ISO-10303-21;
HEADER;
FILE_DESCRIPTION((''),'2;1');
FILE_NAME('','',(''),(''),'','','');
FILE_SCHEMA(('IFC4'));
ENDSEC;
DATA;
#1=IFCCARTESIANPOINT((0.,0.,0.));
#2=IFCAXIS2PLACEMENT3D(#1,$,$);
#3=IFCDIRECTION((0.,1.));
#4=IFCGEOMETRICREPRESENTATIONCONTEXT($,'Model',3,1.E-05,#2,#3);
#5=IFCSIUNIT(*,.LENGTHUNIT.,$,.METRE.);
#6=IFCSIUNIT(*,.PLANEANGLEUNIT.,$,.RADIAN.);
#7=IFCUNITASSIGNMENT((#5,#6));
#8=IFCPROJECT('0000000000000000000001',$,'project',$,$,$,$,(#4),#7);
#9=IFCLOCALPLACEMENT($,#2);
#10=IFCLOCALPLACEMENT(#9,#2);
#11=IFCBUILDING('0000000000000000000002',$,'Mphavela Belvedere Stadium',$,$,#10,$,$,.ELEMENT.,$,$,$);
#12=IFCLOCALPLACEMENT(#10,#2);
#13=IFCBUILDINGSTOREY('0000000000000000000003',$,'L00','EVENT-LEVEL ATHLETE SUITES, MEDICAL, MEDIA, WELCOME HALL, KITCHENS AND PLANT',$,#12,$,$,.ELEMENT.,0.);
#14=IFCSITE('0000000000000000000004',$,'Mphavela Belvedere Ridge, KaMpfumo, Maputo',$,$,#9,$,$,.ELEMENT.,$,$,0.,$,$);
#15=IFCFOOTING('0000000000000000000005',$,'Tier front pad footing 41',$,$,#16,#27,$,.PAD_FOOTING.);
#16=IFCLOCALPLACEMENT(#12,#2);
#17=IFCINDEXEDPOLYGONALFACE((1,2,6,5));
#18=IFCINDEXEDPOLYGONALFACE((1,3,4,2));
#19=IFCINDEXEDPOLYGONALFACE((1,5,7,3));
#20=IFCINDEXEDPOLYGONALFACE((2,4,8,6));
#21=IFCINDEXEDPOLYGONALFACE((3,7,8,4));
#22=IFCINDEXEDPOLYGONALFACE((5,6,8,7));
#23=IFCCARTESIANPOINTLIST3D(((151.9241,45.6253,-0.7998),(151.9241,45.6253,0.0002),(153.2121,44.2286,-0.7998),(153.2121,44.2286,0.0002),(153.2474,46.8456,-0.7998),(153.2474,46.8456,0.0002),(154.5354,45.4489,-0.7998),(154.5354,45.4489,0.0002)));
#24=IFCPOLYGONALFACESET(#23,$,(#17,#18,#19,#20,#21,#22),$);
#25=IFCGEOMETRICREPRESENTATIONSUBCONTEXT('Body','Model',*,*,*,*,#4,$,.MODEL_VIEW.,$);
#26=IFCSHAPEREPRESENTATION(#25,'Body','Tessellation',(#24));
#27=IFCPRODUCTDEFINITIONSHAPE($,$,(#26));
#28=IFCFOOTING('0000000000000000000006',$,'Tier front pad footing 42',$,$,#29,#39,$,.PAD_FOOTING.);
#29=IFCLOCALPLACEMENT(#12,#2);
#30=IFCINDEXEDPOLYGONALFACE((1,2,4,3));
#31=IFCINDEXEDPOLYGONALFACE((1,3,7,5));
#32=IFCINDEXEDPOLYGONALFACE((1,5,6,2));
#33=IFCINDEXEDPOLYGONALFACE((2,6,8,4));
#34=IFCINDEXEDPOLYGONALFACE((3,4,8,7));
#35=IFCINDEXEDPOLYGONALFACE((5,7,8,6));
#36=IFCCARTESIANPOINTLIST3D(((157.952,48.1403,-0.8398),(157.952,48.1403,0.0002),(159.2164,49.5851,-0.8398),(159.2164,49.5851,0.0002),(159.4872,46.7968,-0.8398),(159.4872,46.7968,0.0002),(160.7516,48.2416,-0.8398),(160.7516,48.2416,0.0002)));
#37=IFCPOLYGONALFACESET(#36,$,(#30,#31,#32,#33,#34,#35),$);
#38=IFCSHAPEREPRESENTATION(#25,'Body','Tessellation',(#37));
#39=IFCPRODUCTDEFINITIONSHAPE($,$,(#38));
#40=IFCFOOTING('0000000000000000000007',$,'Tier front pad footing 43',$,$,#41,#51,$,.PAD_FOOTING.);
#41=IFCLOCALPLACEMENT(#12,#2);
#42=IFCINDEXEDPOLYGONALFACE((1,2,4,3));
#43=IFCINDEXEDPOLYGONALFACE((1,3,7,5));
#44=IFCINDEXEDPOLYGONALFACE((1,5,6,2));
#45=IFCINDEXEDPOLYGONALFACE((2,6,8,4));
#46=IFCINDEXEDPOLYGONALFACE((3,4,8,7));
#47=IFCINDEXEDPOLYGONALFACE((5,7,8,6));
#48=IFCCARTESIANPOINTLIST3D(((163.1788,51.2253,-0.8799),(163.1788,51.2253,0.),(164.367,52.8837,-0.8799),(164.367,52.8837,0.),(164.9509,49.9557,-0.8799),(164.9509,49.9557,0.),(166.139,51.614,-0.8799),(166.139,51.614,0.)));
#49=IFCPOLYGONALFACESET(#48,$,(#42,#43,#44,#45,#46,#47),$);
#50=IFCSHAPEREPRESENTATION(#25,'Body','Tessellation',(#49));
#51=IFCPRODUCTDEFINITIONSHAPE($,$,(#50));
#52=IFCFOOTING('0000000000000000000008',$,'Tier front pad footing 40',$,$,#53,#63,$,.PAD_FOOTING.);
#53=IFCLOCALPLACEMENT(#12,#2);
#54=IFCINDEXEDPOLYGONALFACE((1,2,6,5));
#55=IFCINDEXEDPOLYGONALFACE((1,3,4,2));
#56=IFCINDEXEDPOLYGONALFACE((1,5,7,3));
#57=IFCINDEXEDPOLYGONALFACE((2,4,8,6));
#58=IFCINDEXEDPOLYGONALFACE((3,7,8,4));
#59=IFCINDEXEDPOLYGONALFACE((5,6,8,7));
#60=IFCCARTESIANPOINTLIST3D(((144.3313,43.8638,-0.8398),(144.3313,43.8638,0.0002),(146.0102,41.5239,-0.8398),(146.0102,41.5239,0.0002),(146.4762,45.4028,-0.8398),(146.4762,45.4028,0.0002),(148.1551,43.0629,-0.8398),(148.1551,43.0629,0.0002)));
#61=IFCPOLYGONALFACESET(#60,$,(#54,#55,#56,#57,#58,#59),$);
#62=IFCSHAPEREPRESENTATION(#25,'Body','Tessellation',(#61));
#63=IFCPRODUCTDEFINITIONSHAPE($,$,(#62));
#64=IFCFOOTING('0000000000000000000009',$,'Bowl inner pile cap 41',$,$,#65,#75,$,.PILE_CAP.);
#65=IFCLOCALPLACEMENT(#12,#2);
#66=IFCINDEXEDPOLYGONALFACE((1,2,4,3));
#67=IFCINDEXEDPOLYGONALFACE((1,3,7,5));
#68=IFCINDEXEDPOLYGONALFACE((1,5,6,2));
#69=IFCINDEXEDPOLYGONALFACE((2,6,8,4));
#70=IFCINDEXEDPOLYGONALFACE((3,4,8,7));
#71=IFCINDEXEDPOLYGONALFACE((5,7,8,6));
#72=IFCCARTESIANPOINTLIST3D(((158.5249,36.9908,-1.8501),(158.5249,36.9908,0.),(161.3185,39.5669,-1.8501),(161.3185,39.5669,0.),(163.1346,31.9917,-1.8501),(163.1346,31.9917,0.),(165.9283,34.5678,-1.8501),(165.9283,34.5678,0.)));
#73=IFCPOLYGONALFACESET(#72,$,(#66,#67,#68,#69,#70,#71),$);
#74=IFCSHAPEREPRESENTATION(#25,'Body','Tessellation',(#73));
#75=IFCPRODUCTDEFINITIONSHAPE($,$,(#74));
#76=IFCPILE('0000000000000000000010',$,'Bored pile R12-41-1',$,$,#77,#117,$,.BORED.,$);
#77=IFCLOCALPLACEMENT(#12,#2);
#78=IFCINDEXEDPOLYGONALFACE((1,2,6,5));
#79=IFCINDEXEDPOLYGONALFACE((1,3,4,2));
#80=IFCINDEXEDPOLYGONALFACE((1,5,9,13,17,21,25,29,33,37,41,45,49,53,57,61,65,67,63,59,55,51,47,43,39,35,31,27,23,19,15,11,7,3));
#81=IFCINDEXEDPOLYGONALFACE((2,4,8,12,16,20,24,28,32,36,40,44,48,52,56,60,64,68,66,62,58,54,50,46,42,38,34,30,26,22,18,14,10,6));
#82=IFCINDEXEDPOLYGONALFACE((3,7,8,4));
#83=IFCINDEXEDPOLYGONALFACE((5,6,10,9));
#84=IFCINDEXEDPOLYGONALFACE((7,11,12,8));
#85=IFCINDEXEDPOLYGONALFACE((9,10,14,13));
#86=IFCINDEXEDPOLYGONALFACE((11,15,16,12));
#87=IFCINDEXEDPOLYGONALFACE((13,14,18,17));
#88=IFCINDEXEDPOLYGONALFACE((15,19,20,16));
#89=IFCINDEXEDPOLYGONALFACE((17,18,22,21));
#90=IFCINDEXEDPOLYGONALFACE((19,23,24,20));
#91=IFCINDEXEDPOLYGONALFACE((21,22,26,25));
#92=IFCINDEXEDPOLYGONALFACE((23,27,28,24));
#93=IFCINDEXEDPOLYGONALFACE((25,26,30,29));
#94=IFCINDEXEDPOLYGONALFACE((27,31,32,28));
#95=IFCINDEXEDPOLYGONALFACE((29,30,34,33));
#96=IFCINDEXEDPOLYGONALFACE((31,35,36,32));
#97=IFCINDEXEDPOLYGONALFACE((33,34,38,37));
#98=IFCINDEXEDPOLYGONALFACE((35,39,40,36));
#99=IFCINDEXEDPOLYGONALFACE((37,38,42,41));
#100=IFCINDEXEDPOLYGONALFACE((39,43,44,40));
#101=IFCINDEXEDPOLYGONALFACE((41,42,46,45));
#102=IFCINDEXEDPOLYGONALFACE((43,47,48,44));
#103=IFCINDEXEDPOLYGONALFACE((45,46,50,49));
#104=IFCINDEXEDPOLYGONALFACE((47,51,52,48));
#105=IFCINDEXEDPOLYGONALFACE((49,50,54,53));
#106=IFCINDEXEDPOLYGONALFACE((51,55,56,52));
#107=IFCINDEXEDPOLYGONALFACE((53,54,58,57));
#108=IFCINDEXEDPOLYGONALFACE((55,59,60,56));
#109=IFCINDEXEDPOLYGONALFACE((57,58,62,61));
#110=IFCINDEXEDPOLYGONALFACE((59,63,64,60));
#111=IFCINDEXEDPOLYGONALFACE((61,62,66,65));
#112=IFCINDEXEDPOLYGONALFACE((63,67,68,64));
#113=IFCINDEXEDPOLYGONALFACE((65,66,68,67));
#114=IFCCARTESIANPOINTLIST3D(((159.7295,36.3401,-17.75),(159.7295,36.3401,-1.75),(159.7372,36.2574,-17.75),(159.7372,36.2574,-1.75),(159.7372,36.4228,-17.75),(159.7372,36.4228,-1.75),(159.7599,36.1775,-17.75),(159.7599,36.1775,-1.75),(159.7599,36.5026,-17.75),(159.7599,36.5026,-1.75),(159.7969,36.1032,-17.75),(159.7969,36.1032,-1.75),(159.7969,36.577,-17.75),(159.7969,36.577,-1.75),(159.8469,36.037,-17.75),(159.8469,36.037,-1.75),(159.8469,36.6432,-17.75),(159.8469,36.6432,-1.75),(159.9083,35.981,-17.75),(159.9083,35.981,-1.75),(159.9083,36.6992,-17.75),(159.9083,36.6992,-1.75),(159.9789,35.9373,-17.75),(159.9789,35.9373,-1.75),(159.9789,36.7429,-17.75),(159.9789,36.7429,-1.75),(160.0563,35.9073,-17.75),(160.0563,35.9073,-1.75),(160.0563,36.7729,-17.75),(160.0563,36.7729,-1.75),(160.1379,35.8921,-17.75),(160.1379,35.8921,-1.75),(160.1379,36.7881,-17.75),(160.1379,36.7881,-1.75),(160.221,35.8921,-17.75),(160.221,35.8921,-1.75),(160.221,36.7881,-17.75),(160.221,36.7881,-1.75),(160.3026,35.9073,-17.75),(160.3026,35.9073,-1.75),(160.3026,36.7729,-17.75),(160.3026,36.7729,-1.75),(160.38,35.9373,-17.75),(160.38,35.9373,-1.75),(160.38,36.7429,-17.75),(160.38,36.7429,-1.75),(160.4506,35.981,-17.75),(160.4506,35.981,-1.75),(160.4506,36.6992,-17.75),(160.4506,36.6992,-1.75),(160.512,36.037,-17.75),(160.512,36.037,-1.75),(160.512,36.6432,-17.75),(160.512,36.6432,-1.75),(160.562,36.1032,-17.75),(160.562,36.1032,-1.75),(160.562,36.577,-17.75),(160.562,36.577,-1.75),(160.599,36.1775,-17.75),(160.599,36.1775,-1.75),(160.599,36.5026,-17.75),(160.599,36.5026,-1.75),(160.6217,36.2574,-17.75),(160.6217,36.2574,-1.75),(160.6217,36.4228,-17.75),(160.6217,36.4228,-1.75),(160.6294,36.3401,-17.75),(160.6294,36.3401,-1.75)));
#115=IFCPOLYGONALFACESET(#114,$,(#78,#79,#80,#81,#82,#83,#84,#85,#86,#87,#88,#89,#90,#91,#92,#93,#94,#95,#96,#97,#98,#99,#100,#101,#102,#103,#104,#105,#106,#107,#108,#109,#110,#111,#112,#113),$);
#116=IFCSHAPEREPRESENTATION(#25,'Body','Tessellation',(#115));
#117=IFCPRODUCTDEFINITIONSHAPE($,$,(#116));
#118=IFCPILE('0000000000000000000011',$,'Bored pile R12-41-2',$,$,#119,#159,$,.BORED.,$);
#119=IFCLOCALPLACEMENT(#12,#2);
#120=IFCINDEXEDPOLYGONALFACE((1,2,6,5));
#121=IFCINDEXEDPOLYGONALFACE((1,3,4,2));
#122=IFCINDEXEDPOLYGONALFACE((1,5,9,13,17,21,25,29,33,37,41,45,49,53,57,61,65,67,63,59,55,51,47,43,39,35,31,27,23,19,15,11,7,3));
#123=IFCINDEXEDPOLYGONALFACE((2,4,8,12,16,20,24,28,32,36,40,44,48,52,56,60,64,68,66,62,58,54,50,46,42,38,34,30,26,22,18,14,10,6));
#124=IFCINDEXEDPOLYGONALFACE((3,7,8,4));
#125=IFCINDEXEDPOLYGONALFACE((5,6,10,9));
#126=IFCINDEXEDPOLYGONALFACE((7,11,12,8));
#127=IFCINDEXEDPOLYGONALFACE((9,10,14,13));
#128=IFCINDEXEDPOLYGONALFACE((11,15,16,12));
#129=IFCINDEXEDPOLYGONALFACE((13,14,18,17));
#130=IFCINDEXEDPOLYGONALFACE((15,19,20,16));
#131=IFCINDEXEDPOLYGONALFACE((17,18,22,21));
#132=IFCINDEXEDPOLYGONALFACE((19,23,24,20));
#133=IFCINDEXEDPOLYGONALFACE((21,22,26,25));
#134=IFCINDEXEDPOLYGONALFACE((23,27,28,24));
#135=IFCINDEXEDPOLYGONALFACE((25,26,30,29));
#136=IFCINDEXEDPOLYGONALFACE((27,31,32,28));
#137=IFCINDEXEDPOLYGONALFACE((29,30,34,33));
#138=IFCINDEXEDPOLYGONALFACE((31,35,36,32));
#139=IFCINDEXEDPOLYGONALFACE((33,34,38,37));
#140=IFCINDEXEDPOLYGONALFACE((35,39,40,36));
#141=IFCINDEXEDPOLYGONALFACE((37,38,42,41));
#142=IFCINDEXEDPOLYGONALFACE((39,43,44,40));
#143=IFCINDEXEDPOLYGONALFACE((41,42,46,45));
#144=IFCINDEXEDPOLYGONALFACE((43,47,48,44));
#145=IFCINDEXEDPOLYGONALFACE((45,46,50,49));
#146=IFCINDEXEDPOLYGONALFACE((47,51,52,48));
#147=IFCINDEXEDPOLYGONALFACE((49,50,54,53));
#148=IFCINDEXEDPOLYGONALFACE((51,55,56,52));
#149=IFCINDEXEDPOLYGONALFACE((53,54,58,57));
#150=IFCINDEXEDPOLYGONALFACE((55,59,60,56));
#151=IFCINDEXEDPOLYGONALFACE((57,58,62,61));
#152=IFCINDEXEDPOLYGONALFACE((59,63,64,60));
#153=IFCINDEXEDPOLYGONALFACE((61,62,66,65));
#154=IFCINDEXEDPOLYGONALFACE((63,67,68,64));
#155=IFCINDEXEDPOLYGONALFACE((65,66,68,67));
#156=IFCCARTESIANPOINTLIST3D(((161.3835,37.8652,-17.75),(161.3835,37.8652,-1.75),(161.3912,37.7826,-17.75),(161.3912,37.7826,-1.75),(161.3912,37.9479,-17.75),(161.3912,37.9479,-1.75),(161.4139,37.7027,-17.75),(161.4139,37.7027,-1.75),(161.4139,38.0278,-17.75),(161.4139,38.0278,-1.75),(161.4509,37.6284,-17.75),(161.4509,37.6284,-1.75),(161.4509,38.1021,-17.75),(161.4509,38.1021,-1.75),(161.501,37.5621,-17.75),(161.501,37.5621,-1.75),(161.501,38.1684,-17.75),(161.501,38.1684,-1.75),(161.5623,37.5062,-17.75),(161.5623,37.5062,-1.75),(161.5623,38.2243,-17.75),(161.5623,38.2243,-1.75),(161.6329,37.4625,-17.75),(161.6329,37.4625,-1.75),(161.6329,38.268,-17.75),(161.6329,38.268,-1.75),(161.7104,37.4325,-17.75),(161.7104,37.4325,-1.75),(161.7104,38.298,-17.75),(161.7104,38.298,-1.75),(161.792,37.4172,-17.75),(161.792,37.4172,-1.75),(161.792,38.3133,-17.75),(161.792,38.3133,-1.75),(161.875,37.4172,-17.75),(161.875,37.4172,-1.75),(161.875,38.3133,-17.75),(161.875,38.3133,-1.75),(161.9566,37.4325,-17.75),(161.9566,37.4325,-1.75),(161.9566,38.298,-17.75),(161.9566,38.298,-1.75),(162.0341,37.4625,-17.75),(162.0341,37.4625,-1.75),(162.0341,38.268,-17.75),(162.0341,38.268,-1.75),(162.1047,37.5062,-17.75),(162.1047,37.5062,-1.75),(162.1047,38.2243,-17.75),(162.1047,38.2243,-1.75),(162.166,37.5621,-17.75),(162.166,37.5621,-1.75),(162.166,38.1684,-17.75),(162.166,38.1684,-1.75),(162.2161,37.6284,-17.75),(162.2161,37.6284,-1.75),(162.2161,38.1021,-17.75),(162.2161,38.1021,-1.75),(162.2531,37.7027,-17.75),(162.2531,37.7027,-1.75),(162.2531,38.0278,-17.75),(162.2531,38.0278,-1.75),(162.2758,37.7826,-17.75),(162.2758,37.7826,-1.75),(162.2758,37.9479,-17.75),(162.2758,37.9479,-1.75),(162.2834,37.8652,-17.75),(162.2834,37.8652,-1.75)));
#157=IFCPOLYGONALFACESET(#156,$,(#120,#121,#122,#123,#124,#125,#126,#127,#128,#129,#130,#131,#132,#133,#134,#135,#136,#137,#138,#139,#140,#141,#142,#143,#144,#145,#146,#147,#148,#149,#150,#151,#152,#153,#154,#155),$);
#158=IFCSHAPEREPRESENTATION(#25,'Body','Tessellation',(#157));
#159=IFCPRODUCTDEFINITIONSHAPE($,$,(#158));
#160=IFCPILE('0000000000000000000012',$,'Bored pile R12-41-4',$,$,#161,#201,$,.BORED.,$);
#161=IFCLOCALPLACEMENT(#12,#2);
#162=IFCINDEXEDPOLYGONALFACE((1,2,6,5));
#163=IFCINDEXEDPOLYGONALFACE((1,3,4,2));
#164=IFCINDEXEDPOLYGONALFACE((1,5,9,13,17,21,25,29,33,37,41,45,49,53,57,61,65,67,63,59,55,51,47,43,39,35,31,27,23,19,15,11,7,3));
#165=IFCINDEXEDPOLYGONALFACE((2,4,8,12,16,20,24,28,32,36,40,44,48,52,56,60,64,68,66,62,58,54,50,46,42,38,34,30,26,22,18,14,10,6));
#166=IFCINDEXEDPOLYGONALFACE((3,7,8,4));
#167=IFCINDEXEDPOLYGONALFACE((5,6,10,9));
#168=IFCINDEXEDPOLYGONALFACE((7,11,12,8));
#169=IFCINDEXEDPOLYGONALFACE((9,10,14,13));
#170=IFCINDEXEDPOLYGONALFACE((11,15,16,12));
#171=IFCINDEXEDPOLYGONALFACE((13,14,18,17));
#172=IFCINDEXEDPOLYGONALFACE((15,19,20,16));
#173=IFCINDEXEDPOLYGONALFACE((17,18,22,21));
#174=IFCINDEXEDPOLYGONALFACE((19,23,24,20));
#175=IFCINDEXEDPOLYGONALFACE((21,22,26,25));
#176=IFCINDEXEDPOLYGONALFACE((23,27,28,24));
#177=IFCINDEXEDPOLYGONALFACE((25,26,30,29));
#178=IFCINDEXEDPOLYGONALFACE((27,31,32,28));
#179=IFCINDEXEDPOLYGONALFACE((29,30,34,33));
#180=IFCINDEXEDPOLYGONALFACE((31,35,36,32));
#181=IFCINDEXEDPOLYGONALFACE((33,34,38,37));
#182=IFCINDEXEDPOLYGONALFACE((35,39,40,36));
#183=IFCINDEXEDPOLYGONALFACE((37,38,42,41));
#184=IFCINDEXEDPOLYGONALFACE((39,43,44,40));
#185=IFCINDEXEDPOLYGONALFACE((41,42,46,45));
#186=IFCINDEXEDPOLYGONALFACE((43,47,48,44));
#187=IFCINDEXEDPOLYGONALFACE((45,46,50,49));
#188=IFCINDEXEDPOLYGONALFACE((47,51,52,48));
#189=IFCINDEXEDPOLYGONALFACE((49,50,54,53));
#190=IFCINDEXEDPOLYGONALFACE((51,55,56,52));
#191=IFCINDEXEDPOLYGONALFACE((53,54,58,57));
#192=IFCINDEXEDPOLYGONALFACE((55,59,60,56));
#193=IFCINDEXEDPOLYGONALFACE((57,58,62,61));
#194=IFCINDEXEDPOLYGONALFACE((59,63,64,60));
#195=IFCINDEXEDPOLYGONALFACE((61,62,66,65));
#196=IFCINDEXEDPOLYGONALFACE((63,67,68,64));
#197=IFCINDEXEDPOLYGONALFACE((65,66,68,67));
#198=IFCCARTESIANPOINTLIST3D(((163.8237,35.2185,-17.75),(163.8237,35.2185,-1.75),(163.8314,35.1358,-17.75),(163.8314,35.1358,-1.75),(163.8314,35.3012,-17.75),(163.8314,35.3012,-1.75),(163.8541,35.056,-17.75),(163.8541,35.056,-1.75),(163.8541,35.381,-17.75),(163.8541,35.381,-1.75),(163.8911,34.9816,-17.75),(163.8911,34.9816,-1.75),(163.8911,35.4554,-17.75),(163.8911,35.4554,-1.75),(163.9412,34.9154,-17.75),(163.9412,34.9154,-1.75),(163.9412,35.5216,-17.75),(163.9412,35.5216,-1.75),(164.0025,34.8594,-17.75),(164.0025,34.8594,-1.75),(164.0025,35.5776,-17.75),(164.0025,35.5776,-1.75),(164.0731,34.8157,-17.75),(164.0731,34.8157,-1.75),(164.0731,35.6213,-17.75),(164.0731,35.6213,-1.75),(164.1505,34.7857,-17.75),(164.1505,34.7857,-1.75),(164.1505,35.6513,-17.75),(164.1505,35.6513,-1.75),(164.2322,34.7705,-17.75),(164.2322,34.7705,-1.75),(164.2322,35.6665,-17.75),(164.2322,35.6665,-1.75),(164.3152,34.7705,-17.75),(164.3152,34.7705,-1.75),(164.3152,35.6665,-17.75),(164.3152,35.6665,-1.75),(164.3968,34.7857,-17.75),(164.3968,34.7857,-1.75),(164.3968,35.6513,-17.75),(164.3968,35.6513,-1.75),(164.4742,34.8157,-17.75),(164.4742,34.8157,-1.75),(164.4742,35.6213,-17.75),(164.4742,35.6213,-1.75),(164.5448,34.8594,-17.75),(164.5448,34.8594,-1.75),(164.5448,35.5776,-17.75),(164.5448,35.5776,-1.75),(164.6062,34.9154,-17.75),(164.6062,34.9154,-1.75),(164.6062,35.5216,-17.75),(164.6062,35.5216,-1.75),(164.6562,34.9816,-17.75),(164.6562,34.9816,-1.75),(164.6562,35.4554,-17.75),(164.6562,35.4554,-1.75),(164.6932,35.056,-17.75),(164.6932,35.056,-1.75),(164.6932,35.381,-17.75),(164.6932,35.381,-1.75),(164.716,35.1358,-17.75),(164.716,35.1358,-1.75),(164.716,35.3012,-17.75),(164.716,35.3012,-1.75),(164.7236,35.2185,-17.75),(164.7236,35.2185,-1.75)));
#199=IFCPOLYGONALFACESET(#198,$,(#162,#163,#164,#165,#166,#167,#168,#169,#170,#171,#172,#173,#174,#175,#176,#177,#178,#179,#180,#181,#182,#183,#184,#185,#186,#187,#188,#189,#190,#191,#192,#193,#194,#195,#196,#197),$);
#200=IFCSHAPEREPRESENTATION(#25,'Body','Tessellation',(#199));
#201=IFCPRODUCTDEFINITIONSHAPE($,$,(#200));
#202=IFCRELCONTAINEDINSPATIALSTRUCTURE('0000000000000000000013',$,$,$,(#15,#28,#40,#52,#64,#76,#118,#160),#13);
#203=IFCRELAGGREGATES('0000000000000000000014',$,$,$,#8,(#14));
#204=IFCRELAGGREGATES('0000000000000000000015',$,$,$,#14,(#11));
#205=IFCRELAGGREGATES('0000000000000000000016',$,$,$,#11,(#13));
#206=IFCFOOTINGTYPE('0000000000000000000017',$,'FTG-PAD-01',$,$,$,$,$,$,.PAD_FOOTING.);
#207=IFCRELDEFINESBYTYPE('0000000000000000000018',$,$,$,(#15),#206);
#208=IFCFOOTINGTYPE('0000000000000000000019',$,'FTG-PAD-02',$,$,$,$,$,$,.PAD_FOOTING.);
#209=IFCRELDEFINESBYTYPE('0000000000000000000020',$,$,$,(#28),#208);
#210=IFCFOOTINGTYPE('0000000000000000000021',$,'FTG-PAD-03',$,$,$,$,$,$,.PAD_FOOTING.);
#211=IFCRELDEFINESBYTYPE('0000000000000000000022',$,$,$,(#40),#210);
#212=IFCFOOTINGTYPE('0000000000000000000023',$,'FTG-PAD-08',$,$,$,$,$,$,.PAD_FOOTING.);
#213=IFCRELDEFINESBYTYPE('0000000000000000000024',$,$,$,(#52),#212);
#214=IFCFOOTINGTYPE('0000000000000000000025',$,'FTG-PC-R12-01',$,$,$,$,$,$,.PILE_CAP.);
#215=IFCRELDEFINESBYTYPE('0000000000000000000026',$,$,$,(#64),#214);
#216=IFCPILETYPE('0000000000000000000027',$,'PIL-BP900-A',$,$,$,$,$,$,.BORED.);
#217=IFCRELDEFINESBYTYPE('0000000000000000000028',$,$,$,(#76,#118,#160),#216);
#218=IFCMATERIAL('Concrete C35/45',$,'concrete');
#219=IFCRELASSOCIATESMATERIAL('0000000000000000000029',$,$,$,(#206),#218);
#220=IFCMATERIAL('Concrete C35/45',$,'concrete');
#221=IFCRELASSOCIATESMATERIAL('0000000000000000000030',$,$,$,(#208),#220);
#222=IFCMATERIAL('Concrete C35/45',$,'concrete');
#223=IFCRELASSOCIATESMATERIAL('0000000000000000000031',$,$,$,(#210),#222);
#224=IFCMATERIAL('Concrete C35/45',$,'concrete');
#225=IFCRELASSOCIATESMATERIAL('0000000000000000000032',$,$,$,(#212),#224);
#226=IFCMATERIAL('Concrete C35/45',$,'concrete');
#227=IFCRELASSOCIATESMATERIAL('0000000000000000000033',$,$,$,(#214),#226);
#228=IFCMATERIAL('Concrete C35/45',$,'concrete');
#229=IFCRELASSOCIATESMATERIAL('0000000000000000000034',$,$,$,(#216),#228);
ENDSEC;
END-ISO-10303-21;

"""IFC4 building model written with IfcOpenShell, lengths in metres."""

from ifc_helpers import new_model, si_unit, direction, frame, origin, origin_2d, place, context, subcontext, project, spatial, rectangle, circle, extrude, material, material_profile, profile_set, type_object, element, save


model = new_model("IFC4")

# Units and contexts
model_context = context("Model", 3, precision=1e-05, world=origin(), true_north=direction((0.0, 1.0)))
body_context = subcontext(model_context, "Body", "Model", "MODEL_VIEW")
ifc_project = project(units=[si_unit("LENGTHUNIT", "METRE"), si_unit("PLANEANGLEUNIT", "RADIAN")], contexts=[model_context])

# Site, building, storey
site_placement = place(None, origin())
site = spatial("IfcSite", under=ifc_project, at=site_placement, Name="Mphavela Belvedere Ridge, KaMpfumo, Maputo", CompositionType="ELEMENT", RefElevation=0.0)
building_placement = place(site_placement, origin())
building = spatial("IfcBuilding", under=site, at=building_placement, Name="Mphavela Belvedere Stadium", CompositionType="ELEMENT")
storey_placement = place(building_placement, origin())
storey = spatial("IfcBuildingStorey", under=building, at=storey_placement, Name="L00", Description="EVENT-LEVEL ATHLETE SUITES, MEDICAL, MEDIA, WELCOME HALL, KITCHENS AND PLANT", CompositionType="ELEMENT", Elevation=0.0)

# Footings
ifc_material_1 = material(Name="Concrete C35/45", Category="concrete")
footing_type_1 = type_object("IfcFootingType", Name="FTG-PAD-01", PredefinedType="PAD_FOOTING", material=ifc_material_1)
footing_1_placement = place(storey_placement, frame((153.2297, 45.5371, -0.7998), z_axis=(0.0, 0.0, 1.0), x_axis=(0.677903, -0.735151, 0.0)))
element("IfcFooting", 1, at=footing_1_placement, inside=storey, type_object=footing_type_1, Name="Tier front pad footing 41", PredefinedType="PAD_FOOTING", context=body_context, shape_type="SweptSolid", body=[
    extrude(rectangle(XDim=1.8999, YDim=1.8, at=origin_2d()), origin(), (0.0, 0.0, 1.0), 0.8),
])
ifc_material_2 = material(Name="Concrete C35/45", Category="concrete")
footing_type_2 = type_object("IfcFootingType", Name="FTG-PAD-02", PredefinedType="PAD_FOOTING", material=ifc_material_2)
footing_2_placement = place(storey_placement, frame((159.3518, 48.1909, -0.8398), z_axis=(0.0, 0.0, 1.0), x_axis=(0.75253, -0.658558, 0.0)))
element("IfcFooting", 2, at=footing_2_placement, inside=storey, type_object=footing_type_2, Name="Tier front pad footing 42", PredefinedType="PAD_FOOTING", context=body_context, shape_type="SweptSolid", body=[
    extrude(rectangle(XDim=2.04, YDim=1.9199, at=origin_2d()), origin(), (0.0, 0.0, 1.0), 0.8401),
])
ifc_material_3 = material(Name="Concrete C35/45", Category="concrete")
footing_type_3 = type_object("IfcFootingType", Name="FTG-PAD-03", PredefinedType="PAD_FOOTING", material=ifc_material_3)
footing_3_placement = place(storey_placement, frame((164.6589, 51.4197, -0.8799), z_axis=(0.0, 0.0, 1.0), x_axis=(0.812898, -0.582407, 0.0)))
element("IfcFooting", 3, at=footing_3_placement, inside=storey, type_object=footing_type_3, Name="Tier front pad footing 43", PredefinedType="PAD_FOOTING", context=body_context, shape_type="SweptSolid", body=[
    extrude(rectangle(XDim=2.1799, YDim=2.04, at=origin_2d()), origin(), (0.0, 0.0, 1.0), 0.8799),
])
ifc_material_4 = material(Name="Concrete C35/45", Category="concrete")
footing_type_4 = type_object("IfcFootingType", Name="FTG-PAD-08", PredefinedType="PAD_FOOTING", material=ifc_material_4)
footing_4_placement = place(storey_placement, frame((146.2432, 43.4634, -0.8398), z_axis=(0.0, 0.0, 1.0), x_axis=(0.582974, -0.812491, 0.0)))
element("IfcFooting", 4, at=footing_4_placement, inside=storey, type_object=footing_type_4, Name="Tier front pad footing 40", PredefinedType="PAD_FOOTING", context=body_context, shape_type="SweptSolid", body=[
    extrude(rectangle(XDim=2.8799, YDim=2.6399, at=origin_2d()), origin(), (0.0, 0.0, 1.0), 0.8401),
])
ifc_material_5 = material(Name="Concrete C35/45", Category="concrete")
footing_type_5 = type_object("IfcFootingType", Name="FTG-PC-R12-01", PredefinedType="PILE_CAP", material=ifc_material_5)
footing_5_placement = place(storey_placement, frame((162.2266, 35.7793, -1.8501), z_axis=(0.0, 0.0, 1.0), x_axis=(0.677903, -0.735151, 0.0)))
element("IfcFooting", 5, at=footing_5_placement, inside=storey, type_object=footing_type_5, Name="Bowl inner pile cap 41", PredefinedType="PILE_CAP", context=body_context, shape_type="SweptSolid", body=[
    extrude(rectangle(XDim=6.8, YDim=3.8, at=origin_2d()), origin(), (0.0, 0.0, 1.0), 1.8501),
])

# Piles
ifc_material_6 = material(Name="Concrete C35/45", Category="concrete")
ifc_material_profile_1 = material_profile(ifc_material_6, circle(Radius=0.45, at=origin_2d()), Name="BP D900")
ifc_profile_set_1 = profile_set([ifc_material_profile_1], Name="Concrete C35/45")
pile_type_1 = type_object("IfcPileType", Name="PIL-BP900-A", PredefinedType="BORED", material=ifc_profile_set_1)
for number, where, z_axis, x_axis, name in (
    (6, (160.1794, 36.3401, -1.75), (0.0, 0.0, -1.0), (1.0, 0.0, 0.0), "Bored pile R12-41-1"),
    (7, (161.8335, 37.8652, -1.75), (0.0, 0.0, -1.0), (1.0, 0.0, 0.0), "Bored pile R12-41-2"),
    (8, (164.2737, 35.2185, -1.75), (0.0, 0.0, -1.0), (1.0, 0.0, 0.0), "Bored pile R12-41-4"),
):
    element("IfcPile", number, at=place(storey_placement, frame(where, z_axis=z_axis, x_axis=x_axis)), inside=storey, type_object=pile_type_1, Name=name, PredefinedType="BORED", context=body_context, shape_type="SweptSolid", body=[
        extrude(circle(Radius=0.45, at=origin_2d()), origin(), (0.0, 0.0, 1.0), 16.0),
    ])

save(model, "model.ifc")
